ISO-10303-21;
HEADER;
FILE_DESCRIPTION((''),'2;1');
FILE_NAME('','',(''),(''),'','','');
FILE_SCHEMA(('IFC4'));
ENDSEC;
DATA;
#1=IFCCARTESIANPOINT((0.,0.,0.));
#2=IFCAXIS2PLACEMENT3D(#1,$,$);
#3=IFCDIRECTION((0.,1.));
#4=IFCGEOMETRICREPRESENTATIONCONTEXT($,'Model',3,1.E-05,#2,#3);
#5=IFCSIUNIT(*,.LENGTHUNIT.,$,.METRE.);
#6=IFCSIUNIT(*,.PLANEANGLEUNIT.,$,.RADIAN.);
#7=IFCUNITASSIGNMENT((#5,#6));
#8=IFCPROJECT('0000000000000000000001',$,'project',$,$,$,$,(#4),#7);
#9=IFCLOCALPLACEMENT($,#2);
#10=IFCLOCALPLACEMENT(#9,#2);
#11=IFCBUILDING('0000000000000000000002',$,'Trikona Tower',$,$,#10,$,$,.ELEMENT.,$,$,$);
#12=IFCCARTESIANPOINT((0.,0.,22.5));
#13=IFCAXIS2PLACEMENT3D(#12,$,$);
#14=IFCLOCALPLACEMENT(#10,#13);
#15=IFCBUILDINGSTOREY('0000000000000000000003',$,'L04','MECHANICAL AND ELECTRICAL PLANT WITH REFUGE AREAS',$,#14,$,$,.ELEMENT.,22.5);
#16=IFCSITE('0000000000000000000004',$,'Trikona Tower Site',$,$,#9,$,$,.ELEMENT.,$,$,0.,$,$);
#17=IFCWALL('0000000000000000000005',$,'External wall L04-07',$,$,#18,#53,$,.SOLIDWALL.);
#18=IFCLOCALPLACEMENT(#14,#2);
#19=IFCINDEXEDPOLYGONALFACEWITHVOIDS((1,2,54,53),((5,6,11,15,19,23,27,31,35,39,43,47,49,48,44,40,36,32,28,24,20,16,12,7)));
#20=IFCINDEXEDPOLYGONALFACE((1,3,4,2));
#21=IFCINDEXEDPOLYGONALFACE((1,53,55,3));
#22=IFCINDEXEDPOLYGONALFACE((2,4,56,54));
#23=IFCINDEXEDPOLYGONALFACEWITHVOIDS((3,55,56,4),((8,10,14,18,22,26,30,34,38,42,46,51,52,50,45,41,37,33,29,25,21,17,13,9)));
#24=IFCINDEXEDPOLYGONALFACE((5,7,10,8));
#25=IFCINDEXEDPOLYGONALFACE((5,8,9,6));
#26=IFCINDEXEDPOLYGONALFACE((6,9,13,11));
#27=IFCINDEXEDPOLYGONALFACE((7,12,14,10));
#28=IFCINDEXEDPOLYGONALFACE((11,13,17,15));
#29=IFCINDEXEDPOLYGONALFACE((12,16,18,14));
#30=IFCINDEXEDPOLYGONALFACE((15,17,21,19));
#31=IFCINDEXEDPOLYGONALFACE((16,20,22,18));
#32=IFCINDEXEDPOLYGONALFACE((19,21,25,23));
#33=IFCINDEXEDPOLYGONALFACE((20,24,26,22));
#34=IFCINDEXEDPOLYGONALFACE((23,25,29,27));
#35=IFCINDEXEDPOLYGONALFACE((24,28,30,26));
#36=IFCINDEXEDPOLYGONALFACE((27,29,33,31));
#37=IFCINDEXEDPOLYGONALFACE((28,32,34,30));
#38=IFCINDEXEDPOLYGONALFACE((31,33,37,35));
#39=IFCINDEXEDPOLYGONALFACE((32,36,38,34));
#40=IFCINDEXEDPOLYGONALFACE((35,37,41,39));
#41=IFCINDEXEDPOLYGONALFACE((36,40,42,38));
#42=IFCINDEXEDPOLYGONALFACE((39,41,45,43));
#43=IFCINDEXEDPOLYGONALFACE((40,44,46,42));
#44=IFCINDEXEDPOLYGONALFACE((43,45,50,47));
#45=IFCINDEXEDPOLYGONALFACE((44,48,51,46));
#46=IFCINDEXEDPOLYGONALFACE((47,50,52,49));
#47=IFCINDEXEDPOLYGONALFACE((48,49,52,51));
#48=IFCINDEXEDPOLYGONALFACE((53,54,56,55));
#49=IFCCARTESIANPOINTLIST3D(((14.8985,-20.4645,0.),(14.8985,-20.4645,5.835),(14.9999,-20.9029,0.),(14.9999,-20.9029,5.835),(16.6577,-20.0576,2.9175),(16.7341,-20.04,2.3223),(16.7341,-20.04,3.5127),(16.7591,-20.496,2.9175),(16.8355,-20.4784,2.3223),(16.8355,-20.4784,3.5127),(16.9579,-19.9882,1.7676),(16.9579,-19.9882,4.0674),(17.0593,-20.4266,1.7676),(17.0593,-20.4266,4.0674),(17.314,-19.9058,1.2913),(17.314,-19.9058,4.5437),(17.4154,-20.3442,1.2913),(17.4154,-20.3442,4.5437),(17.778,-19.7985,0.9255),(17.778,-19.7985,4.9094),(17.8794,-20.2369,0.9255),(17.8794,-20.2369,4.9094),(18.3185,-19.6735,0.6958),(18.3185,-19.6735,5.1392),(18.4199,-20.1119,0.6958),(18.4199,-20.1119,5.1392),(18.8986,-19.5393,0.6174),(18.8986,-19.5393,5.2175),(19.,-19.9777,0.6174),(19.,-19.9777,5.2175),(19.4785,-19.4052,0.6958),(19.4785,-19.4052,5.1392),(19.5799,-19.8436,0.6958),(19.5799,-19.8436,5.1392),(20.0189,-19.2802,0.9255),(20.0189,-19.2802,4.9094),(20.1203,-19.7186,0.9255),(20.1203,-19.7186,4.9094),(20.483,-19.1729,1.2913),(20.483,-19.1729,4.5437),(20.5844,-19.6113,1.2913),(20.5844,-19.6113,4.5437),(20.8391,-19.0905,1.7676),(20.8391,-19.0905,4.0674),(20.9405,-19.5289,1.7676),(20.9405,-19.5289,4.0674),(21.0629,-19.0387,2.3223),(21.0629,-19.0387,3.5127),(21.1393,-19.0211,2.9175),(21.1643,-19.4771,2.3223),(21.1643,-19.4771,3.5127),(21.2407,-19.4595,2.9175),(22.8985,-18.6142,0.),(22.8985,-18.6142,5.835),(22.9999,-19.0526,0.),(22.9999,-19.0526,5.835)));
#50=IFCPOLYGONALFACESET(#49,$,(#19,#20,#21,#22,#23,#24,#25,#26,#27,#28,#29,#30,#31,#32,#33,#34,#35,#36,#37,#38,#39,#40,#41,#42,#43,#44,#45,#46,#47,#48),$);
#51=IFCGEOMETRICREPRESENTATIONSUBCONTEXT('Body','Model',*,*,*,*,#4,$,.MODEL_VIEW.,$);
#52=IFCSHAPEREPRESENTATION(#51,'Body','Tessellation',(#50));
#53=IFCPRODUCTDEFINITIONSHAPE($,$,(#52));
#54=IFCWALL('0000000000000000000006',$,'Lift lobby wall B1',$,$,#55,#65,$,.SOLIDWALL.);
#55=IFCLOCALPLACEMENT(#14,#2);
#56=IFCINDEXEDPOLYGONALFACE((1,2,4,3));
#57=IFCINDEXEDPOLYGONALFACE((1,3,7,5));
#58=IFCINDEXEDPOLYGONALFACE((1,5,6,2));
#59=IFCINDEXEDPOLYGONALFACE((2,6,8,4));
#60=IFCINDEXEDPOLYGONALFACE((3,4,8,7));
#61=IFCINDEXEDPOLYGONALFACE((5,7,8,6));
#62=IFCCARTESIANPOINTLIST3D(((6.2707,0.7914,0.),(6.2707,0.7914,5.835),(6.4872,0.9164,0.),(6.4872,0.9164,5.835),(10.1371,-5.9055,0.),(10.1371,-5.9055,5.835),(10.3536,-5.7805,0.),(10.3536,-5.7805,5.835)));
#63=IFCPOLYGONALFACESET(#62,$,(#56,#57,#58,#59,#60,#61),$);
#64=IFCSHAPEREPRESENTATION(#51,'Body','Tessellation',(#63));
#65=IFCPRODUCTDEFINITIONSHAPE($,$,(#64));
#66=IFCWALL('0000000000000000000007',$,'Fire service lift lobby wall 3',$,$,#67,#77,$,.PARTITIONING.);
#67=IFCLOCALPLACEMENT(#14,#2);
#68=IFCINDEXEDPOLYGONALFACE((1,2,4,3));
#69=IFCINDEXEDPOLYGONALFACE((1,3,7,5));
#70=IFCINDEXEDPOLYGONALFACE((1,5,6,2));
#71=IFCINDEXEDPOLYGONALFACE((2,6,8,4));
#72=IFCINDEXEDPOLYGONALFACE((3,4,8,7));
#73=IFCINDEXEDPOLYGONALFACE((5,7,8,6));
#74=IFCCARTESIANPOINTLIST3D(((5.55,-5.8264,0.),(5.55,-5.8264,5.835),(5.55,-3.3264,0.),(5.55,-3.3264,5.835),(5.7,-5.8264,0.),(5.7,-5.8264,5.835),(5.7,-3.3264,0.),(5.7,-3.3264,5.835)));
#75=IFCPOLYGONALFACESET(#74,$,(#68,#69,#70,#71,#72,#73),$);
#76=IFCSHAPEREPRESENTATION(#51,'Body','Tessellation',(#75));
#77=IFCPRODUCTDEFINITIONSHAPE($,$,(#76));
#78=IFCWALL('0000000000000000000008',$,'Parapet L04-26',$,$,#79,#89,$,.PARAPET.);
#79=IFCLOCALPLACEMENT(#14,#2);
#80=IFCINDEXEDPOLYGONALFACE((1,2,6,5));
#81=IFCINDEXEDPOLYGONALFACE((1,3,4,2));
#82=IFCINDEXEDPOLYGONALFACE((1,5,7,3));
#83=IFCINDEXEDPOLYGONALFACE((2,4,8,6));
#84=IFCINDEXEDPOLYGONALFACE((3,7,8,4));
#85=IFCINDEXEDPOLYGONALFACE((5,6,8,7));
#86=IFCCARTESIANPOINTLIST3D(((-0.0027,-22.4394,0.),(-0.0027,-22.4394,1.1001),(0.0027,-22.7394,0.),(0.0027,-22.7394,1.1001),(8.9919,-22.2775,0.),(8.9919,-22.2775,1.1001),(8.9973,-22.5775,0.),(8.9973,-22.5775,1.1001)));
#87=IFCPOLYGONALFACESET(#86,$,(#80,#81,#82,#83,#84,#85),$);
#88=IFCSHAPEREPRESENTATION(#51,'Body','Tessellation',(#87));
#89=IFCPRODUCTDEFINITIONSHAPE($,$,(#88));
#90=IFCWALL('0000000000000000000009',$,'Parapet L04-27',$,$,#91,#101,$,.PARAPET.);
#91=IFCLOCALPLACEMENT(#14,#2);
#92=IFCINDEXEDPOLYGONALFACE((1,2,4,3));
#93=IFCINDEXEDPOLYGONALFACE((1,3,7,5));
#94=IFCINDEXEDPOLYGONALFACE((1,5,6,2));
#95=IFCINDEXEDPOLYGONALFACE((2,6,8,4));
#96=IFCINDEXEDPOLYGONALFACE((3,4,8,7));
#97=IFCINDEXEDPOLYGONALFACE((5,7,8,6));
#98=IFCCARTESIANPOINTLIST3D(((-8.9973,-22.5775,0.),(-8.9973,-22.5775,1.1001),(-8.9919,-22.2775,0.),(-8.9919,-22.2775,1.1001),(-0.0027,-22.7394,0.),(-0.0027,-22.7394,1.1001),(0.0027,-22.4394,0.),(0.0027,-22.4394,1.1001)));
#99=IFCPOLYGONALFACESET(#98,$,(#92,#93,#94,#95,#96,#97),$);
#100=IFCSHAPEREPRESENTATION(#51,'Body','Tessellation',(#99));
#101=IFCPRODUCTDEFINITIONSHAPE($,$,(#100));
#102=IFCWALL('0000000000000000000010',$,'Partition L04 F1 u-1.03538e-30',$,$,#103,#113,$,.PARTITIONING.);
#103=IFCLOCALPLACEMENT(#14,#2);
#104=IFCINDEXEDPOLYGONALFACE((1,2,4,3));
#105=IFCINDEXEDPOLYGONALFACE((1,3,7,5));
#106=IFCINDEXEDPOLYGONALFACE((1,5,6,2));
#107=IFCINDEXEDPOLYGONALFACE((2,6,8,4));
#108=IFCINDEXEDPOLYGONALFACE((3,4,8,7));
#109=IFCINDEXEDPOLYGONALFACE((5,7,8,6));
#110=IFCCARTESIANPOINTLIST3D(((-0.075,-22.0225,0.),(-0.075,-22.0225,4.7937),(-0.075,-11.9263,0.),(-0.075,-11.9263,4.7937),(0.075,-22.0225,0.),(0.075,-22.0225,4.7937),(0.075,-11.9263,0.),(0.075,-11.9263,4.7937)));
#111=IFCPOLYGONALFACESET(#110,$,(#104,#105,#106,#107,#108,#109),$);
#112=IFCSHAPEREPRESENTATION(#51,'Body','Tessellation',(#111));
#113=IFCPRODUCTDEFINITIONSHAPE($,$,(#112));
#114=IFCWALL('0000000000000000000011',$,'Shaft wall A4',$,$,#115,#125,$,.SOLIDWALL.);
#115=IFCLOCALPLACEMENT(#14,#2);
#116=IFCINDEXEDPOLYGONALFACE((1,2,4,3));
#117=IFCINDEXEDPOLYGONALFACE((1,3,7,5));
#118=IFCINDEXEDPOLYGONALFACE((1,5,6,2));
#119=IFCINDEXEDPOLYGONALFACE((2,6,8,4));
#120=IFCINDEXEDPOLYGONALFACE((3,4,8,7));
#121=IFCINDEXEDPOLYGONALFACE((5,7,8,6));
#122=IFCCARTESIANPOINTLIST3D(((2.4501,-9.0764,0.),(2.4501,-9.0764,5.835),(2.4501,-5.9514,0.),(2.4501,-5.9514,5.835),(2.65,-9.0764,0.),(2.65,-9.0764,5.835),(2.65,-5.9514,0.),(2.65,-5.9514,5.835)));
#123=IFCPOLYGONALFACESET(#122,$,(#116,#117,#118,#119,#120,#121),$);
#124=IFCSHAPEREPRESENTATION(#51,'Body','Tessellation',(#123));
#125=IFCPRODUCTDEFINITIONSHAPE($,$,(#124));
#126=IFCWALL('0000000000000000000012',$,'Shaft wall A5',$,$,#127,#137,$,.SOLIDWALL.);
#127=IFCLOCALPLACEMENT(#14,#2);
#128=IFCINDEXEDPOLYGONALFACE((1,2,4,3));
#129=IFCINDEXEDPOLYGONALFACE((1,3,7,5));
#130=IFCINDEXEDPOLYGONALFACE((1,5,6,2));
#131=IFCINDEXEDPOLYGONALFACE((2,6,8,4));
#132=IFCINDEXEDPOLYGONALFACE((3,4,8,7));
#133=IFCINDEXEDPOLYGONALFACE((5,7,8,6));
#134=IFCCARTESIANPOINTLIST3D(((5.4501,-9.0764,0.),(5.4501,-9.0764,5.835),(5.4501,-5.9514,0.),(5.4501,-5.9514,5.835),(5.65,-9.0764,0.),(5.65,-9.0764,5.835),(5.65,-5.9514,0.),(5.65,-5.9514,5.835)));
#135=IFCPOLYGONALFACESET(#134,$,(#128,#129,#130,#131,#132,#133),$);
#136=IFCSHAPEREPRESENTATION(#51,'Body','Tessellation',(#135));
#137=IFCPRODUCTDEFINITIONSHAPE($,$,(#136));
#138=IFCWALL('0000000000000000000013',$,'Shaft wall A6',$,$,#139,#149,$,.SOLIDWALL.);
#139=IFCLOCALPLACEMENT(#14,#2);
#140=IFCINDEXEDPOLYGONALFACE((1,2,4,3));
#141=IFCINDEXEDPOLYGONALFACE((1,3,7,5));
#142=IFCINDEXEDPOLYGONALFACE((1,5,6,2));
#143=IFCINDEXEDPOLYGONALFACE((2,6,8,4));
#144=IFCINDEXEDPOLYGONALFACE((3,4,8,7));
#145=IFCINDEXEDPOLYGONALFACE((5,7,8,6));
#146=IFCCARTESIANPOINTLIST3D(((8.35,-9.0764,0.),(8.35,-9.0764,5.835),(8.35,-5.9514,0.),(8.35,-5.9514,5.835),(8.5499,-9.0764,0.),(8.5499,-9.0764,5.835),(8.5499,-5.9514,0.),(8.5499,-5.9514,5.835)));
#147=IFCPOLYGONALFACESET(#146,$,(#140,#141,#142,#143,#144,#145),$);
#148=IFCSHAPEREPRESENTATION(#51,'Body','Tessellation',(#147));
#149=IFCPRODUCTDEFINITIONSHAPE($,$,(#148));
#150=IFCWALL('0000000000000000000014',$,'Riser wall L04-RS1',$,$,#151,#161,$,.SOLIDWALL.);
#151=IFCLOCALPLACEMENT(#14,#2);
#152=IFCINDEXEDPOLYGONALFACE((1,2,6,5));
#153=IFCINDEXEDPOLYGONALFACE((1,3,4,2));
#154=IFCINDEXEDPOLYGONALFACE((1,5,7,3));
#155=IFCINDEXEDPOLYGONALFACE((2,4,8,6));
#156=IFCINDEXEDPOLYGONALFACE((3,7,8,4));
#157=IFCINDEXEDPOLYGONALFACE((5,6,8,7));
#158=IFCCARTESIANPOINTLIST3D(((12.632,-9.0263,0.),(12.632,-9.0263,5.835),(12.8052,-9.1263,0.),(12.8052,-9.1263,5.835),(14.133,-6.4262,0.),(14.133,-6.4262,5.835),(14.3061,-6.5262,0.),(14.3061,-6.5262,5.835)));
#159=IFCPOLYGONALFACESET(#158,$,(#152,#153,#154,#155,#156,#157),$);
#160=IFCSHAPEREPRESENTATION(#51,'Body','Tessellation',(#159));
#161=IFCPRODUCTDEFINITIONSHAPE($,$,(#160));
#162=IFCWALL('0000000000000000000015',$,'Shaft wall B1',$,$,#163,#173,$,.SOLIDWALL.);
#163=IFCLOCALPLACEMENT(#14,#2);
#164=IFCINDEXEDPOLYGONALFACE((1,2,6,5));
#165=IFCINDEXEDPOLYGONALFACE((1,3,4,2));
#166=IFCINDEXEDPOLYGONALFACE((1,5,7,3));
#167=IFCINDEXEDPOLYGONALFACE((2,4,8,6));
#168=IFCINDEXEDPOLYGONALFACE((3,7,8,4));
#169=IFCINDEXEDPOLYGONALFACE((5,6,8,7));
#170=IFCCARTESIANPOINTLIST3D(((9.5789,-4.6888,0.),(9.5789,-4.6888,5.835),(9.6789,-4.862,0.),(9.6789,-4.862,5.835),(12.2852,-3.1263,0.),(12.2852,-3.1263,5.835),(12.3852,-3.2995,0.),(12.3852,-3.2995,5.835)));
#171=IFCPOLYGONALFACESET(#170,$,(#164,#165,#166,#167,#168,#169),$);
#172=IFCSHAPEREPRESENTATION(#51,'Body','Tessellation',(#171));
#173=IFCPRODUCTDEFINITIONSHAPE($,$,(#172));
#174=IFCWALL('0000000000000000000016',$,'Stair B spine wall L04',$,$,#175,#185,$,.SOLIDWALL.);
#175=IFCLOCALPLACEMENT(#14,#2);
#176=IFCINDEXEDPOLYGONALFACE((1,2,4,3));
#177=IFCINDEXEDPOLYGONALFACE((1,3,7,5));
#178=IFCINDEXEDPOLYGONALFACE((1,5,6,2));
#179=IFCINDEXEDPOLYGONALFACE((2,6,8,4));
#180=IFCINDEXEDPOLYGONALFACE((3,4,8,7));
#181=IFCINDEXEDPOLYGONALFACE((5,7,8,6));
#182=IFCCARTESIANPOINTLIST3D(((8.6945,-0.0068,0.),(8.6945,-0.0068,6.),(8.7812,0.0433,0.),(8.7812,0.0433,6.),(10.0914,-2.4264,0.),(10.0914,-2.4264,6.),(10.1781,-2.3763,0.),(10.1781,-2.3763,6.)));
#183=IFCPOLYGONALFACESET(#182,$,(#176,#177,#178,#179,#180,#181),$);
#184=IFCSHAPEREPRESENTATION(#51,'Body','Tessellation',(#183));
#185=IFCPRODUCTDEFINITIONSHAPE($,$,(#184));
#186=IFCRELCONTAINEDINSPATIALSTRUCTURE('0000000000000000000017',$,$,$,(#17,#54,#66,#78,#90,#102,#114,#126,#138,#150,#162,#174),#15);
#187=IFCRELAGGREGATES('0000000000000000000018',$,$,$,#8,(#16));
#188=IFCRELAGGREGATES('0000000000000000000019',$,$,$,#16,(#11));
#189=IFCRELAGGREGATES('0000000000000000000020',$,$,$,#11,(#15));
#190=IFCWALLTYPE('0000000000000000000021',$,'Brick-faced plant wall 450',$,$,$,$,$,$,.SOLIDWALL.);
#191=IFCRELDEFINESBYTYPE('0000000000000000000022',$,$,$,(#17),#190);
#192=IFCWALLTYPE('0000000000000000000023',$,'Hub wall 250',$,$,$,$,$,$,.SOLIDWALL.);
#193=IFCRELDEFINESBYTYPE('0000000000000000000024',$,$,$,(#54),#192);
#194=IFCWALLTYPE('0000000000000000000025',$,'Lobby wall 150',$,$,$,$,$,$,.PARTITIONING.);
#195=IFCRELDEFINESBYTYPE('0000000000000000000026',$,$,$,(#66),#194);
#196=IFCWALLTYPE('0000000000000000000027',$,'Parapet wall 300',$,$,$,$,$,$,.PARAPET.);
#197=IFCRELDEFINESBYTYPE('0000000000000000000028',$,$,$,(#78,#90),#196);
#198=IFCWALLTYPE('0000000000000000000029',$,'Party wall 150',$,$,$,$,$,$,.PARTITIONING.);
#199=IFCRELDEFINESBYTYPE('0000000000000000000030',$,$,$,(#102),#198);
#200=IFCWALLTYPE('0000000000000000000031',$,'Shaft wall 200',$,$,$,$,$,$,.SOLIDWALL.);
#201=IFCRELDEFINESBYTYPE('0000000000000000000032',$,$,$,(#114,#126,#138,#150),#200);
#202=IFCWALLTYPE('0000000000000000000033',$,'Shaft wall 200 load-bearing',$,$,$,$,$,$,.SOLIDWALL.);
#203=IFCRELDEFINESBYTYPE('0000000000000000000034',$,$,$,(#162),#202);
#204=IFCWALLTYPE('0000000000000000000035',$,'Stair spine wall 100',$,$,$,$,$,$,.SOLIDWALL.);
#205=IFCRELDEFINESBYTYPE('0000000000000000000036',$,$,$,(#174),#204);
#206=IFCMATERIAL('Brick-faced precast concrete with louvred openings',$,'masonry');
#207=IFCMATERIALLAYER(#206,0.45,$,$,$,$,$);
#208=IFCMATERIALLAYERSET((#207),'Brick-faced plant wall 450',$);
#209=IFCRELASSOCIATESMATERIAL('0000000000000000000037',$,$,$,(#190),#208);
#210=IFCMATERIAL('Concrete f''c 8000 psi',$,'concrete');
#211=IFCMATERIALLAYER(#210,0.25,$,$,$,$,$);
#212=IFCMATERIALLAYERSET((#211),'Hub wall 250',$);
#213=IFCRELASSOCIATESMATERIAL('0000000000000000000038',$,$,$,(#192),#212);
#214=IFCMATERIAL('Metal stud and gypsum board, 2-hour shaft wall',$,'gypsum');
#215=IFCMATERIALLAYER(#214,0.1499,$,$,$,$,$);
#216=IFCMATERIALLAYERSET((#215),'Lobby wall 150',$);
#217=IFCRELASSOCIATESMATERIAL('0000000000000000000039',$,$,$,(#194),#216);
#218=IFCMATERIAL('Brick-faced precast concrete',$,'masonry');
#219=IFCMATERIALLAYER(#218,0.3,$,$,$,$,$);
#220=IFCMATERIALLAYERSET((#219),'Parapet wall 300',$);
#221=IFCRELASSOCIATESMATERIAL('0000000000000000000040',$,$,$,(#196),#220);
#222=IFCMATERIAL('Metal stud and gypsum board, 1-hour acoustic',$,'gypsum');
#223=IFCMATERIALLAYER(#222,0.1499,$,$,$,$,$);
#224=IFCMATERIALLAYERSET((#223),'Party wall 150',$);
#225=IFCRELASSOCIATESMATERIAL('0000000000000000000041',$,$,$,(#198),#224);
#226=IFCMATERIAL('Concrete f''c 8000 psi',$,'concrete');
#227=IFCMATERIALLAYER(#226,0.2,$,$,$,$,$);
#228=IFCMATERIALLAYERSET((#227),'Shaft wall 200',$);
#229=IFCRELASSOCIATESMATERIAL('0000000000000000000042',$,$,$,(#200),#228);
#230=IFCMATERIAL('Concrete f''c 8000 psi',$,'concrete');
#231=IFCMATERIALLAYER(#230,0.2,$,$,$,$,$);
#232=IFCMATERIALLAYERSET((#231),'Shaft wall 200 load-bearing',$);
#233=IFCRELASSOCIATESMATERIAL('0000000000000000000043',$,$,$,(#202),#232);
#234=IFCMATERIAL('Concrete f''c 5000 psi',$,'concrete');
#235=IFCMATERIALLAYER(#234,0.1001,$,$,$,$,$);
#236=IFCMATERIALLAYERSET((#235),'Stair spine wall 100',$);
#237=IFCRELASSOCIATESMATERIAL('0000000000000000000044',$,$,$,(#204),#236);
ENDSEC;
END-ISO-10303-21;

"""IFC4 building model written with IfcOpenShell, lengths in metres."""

from ifc_helpers import new_model, si_unit, direction, frame, frame_2d, origin, place, context, subcontext, project, spatial, polyline, rectangle, outline, extrude, material, layer, layer_set, type_object, element, save


model = new_model("IFC4")

# Units and contexts
model_context = context("Model", 3, precision=1e-05, world=origin(), true_north=direction((0.0, 1.0)))
body_context = subcontext(model_context, "Body", "Model", "MODEL_VIEW")
ifc_project = project(units=[si_unit("LENGTHUNIT", "METRE"), si_unit("PLANEANGLEUNIT", "RADIAN")], contexts=[model_context])

# Site, building, storey
site_placement = place(None, origin())
site = spatial("IfcSite", under=ifc_project, at=site_placement, Name="Trikona Tower Site", CompositionType="ELEMENT", RefElevation=0.0)
building_placement = place(site_placement, origin())
building = spatial("IfcBuilding", under=site, at=building_placement, Name="Trikona Tower", CompositionType="ELEMENT")
storey_placement = place(building_placement, frame((0.0, 0.0, 22.5)))
storey = spatial("IfcBuildingStorey", under=building, at=storey_placement, Name="L04", Description="MECHANICAL AND ELECTRICAL PLANT WITH REFUGE AREAS", CompositionType="ELEMENT", Elevation=22.5)

# Walls
ifc_material_1 = material(Name="Brick-faced precast concrete with louvred openings", Category="masonry")
ifc_layer_1 = layer(ifc_material_1, 0.45)
ifc_layer_set_1 = layer_set([ifc_layer_1], Name="Brick-faced plant wall 450")
wall_type_1 = type_object("IfcWallType", Name="Brick-faced plant wall 450", PredefinedType="SOLIDWALL", material=ifc_layer_set_1)
wall_1_placement = place(storey_placement, frame((14.9492, -20.6838, 0.0), z_axis=(0.0, 0.0, 1.0), x_axis=(0.974279, 0.225344, 0.0)))
element("IfcWall", 1, at=wall_1_placement, inside=storey, type_object=wall_type_1, Name="External wall L04-07", PredefinedType="SOLIDWALL", context=body_context, shape_type="SweptSolid", body=[
    extrude(outline(polyline([(0.0, 0.0), (8.2112, 0.0), (8.2112, 5.835), (0.0, 5.835), (0.0, 0.0)]), holes=[polyline([(6.4055, 2.9175), (6.3271, 3.5127), (6.0974, 4.0674), (5.7319, 4.5437), (5.2556, 4.9094), (4.7009, 5.1392), (4.1057, 5.2175), (3.5103, 5.1392), (2.9556, 4.9094), (2.4792, 4.5437), (2.1138, 4.0674), (1.884, 3.5127), (1.8057, 2.9175), (1.884, 2.3223), (2.1138, 1.7676), (2.4792, 1.2913), (2.9556, 0.9255), (3.5103, 0.6958), (4.1057, 0.6174), (4.7009, 0.6958), (5.2556, 0.9255), (5.7319, 1.2913), (6.0974, 1.7676), (6.3271, 2.3223), (6.4055, 2.9175)])]), frame((0.0, 0.2251, 0.0), z_axis=(0.0, -1.0, 0.0), x_axis=(1.0, 0.0, 0.0)), (0.0, 0.0, 1.0), 0.45),
])
ifc_material_2 = material(Name="Concrete f'c 8000 psi", Category="concrete")
ifc_layer_2 = layer(ifc_material_2, 0.25)
ifc_layer_set_2 = layer_set([ifc_layer_2], Name="Hub wall 250")
wall_type_2 = type_object("IfcWallType", Name="Hub wall 250", PredefinedType="SOLIDWALL", material=ifc_layer_set_2)
wall_2_placement = place(storey_placement, frame((10.2454, -5.843, 0.0), z_axis=(0.0, 0.0, 1.0), x_axis=(-0.499993, 0.866029, 0.0)))
element("IfcWall", 2, at=wall_2_placement, inside=storey, type_object=wall_type_2, Name="Lift lobby wall B1", PredefinedType="SOLIDWALL", context=body_context, shape_type="SweptSolid", body=[
    extrude(rectangle(XDim=7.7329, YDim=0.25, at=frame_2d((3.8665, 0.0))), origin(), (0.0, 0.0, 1.0), 5.835),
])
ifc_material_3 = material(Name="Metal stud and gypsum board, 2-hour shaft wall", Category="gypsum")
ifc_layer_3 = layer(ifc_material_3, 0.1499)
ifc_layer_set_3 = layer_set([ifc_layer_3], Name="Lobby wall 150")
wall_type_3 = type_object("IfcWallType", Name="Lobby wall 150", PredefinedType="PARTITIONING", material=ifc_layer_set_3)
wall_3_placement = place(storey_placement, frame((5.625, -5.8264, 0.0), z_axis=(0.0, 0.0, 1.0), x_axis=(0.0, 1.0, 0.0)))
element("IfcWall", 3, at=wall_3_placement, inside=storey, type_object=wall_type_3, Name="Fire service lift lobby wall 3", PredefinedType="PARTITIONING", context=body_context, shape_type="SweptSolid", body=[
    extrude(rectangle(XDim=2.5, YDim=0.1499, at=frame_2d((1.25, 0.0))), origin(), (0.0, 0.0, 1.0), 5.835),
])
ifc_material_4 = material(Name="Brick-faced precast concrete", Category="masonry")
ifc_layer_4 = layer(ifc_material_4, 0.3)
ifc_layer_set_4 = layer_set([ifc_layer_4], Name="Parapet wall 300")
wall_type_4 = type_object("IfcWallType", Name="Parapet wall 300", PredefinedType="PARAPET", material=ifc_layer_set_4)
for number, where, z_axis, x_axis, name in (
    (4, (8.9946, -22.4275, 0.0), (0.0, 0.0, 1.0), (-0.999838, -0.017993, 0.0), "Parapet L04-26"),
    (5, (0.0, -22.5894, 0.0), (0.0, 0.0, 1.0), (-0.999838, 0.017993, 0.0), "Parapet L04-27"),
):
    element("IfcWall", number, at=place(storey_placement, frame(where, z_axis=z_axis, x_axis=x_axis)), inside=storey, type_object=wall_type_4, Name=name, PredefinedType="PARAPET", context=body_context, shape_type="SweptSolid", body=[
        extrude(rectangle(XDim=8.9961, YDim=0.3, at=frame_2d((4.498, 0.0))), origin(), (0.0, 0.0, 1.0), 1.1001),
    ])
ifc_material_5 = material(Name="Metal stud and gypsum board, 1-hour acoustic", Category="gypsum")
ifc_layer_5 = layer(ifc_material_5, 0.1499)
ifc_layer_set_5 = layer_set([ifc_layer_5], Name="Party wall 150")
wall_type_5 = type_object("IfcWallType", Name="Party wall 150", PredefinedType="PARTITIONING", material=ifc_layer_set_5)
wall_4_placement = place(storey_placement, frame((0.0, -11.9263, 0.0), z_axis=(0.0, 0.0, 1.0), x_axis=(0.0, -1.0, 0.0)))
element("IfcWall", 6, at=wall_4_placement, inside=storey, type_object=wall_type_5, Name="Partition L04 F1 u-1.03538e-30", PredefinedType="PARTITIONING", context=body_context, shape_type="SweptSolid", body=[
    extrude(rectangle(XDim=10.0962, YDim=0.1499, at=frame_2d((5.0481, 0.0))), origin(), (0.0, 0.0, 1.0), 4.7937),
])
ifc_material_6 = material(Name="Concrete f'c 8000 psi", Category="concrete")
ifc_layer_6 = layer(ifc_material_6, 0.2)
ifc_layer_set_6 = layer_set([ifc_layer_6], Name="Shaft wall 200")
wall_type_6 = type_object("IfcWallType", Name="Shaft wall 200", PredefinedType="SOLIDWALL", material=ifc_layer_set_6)
for number, where, z_axis, x_axis, name in (
    (7, (2.55, -5.9514, 0.0), (0.0, 0.0, 1.0), (0.0, -1.0, 0.0), "Shaft wall A4"),
    (8, (5.55, -5.9514, 0.0), (0.0, 0.0, 1.0), (0.0, -1.0, 0.0), "Shaft wall A5"),
    (9, (8.45, -5.9514, 0.0), (0.0, 0.0, 1.0), (0.0, -1.0, 0.0), "Shaft wall A6"),
):
    element("IfcWall", number, at=place(storey_placement, frame(where, z_axis=z_axis, x_axis=x_axis)), inside=storey, type_object=wall_type_6, Name=name, PredefinedType="SOLIDWALL", context=body_context, shape_type="SweptSolid", body=[
        extrude(rectangle(XDim=3.125, YDim=0.2, at=frame_2d((1.5625, 0.0))), origin(), (0.0, 0.0, 1.0), 5.835),
    ])
wall_5_placement = place(storey_placement, frame((14.2195, -6.4763, 0.0), z_axis=(0.0, 0.0, 1.0), x_axis=(-0.499952, -0.866053, 0.0)))
element("IfcWall", 10, at=wall_5_placement, inside=storey, type_object=wall_type_6, Name="Riser wall L04-RS1", PredefinedType="SOLIDWALL", context=body_context, shape_type="SweptSolid", body=[
    extrude(rectangle(XDim=3.0022, YDim=0.2, at=frame_2d((1.501, 0.0))), origin(), (0.0, 0.0, 1.0), 5.835),
])
ifc_material_7 = material(Name="Concrete f'c 8000 psi", Category="concrete")
ifc_layer_7 = layer(ifc_material_7, 0.2)
ifc_layer_set_7 = layer_set([ifc_layer_7], Name="Shaft wall 200 load-bearing")
wall_type_7 = type_object("IfcWallType", Name="Shaft wall 200 load-bearing", PredefinedType="SOLIDWALL", material=ifc_layer_set_7)
wall_6_placement = place(storey_placement, frame((9.6289, -4.7754, 0.0), z_axis=(0.0, 0.0, 1.0), x_axis=(0.866023, 0.500004, 0.0)))
element("IfcWall", 11, at=wall_6_placement, inside=storey, type_object=wall_type_7, Name="Shaft wall B1", PredefinedType="SOLIDWALL", context=body_context, shape_type="SweptSolid", body=[
    extrude(rectangle(XDim=3.125, YDim=0.2, at=frame_2d((1.5625, 0.0))), origin(), (0.0, 0.0, 1.0), 5.835),
])
ifc_material_8 = material(Name="Concrete f'c 5000 psi", Category="concrete")
ifc_layer_8 = layer(ifc_material_8, 0.1001)
ifc_layer_set_8 = layer_set([ifc_layer_8], Name="Stair spine wall 100")
wall_type_8 = type_object("IfcWallType", Name="Stair spine wall 100", PredefinedType="SOLIDWALL", material=ifc_layer_set_8)
wall_7_placement = place(storey_placement, frame((10.1348, -2.4014, 0.0), z_axis=(0.0, 0.0, 1.0), x_axis=(-0.499992, 0.86603, 0.0)))
element("IfcWall", 12, at=wall_7_placement, inside=storey, type_object=wall_type_8, Name="Stair B spine wall L04", PredefinedType="SOLIDWALL", context=body_context, shape_type="SweptSolid", body=[
    extrude(rectangle(XDim=2.7939, YDim=0.1001, at=frame_2d((1.397, 0.0))), origin(), (0.0, 0.0, 1.0), 6.0),
])

save(model, "model.ifc")
